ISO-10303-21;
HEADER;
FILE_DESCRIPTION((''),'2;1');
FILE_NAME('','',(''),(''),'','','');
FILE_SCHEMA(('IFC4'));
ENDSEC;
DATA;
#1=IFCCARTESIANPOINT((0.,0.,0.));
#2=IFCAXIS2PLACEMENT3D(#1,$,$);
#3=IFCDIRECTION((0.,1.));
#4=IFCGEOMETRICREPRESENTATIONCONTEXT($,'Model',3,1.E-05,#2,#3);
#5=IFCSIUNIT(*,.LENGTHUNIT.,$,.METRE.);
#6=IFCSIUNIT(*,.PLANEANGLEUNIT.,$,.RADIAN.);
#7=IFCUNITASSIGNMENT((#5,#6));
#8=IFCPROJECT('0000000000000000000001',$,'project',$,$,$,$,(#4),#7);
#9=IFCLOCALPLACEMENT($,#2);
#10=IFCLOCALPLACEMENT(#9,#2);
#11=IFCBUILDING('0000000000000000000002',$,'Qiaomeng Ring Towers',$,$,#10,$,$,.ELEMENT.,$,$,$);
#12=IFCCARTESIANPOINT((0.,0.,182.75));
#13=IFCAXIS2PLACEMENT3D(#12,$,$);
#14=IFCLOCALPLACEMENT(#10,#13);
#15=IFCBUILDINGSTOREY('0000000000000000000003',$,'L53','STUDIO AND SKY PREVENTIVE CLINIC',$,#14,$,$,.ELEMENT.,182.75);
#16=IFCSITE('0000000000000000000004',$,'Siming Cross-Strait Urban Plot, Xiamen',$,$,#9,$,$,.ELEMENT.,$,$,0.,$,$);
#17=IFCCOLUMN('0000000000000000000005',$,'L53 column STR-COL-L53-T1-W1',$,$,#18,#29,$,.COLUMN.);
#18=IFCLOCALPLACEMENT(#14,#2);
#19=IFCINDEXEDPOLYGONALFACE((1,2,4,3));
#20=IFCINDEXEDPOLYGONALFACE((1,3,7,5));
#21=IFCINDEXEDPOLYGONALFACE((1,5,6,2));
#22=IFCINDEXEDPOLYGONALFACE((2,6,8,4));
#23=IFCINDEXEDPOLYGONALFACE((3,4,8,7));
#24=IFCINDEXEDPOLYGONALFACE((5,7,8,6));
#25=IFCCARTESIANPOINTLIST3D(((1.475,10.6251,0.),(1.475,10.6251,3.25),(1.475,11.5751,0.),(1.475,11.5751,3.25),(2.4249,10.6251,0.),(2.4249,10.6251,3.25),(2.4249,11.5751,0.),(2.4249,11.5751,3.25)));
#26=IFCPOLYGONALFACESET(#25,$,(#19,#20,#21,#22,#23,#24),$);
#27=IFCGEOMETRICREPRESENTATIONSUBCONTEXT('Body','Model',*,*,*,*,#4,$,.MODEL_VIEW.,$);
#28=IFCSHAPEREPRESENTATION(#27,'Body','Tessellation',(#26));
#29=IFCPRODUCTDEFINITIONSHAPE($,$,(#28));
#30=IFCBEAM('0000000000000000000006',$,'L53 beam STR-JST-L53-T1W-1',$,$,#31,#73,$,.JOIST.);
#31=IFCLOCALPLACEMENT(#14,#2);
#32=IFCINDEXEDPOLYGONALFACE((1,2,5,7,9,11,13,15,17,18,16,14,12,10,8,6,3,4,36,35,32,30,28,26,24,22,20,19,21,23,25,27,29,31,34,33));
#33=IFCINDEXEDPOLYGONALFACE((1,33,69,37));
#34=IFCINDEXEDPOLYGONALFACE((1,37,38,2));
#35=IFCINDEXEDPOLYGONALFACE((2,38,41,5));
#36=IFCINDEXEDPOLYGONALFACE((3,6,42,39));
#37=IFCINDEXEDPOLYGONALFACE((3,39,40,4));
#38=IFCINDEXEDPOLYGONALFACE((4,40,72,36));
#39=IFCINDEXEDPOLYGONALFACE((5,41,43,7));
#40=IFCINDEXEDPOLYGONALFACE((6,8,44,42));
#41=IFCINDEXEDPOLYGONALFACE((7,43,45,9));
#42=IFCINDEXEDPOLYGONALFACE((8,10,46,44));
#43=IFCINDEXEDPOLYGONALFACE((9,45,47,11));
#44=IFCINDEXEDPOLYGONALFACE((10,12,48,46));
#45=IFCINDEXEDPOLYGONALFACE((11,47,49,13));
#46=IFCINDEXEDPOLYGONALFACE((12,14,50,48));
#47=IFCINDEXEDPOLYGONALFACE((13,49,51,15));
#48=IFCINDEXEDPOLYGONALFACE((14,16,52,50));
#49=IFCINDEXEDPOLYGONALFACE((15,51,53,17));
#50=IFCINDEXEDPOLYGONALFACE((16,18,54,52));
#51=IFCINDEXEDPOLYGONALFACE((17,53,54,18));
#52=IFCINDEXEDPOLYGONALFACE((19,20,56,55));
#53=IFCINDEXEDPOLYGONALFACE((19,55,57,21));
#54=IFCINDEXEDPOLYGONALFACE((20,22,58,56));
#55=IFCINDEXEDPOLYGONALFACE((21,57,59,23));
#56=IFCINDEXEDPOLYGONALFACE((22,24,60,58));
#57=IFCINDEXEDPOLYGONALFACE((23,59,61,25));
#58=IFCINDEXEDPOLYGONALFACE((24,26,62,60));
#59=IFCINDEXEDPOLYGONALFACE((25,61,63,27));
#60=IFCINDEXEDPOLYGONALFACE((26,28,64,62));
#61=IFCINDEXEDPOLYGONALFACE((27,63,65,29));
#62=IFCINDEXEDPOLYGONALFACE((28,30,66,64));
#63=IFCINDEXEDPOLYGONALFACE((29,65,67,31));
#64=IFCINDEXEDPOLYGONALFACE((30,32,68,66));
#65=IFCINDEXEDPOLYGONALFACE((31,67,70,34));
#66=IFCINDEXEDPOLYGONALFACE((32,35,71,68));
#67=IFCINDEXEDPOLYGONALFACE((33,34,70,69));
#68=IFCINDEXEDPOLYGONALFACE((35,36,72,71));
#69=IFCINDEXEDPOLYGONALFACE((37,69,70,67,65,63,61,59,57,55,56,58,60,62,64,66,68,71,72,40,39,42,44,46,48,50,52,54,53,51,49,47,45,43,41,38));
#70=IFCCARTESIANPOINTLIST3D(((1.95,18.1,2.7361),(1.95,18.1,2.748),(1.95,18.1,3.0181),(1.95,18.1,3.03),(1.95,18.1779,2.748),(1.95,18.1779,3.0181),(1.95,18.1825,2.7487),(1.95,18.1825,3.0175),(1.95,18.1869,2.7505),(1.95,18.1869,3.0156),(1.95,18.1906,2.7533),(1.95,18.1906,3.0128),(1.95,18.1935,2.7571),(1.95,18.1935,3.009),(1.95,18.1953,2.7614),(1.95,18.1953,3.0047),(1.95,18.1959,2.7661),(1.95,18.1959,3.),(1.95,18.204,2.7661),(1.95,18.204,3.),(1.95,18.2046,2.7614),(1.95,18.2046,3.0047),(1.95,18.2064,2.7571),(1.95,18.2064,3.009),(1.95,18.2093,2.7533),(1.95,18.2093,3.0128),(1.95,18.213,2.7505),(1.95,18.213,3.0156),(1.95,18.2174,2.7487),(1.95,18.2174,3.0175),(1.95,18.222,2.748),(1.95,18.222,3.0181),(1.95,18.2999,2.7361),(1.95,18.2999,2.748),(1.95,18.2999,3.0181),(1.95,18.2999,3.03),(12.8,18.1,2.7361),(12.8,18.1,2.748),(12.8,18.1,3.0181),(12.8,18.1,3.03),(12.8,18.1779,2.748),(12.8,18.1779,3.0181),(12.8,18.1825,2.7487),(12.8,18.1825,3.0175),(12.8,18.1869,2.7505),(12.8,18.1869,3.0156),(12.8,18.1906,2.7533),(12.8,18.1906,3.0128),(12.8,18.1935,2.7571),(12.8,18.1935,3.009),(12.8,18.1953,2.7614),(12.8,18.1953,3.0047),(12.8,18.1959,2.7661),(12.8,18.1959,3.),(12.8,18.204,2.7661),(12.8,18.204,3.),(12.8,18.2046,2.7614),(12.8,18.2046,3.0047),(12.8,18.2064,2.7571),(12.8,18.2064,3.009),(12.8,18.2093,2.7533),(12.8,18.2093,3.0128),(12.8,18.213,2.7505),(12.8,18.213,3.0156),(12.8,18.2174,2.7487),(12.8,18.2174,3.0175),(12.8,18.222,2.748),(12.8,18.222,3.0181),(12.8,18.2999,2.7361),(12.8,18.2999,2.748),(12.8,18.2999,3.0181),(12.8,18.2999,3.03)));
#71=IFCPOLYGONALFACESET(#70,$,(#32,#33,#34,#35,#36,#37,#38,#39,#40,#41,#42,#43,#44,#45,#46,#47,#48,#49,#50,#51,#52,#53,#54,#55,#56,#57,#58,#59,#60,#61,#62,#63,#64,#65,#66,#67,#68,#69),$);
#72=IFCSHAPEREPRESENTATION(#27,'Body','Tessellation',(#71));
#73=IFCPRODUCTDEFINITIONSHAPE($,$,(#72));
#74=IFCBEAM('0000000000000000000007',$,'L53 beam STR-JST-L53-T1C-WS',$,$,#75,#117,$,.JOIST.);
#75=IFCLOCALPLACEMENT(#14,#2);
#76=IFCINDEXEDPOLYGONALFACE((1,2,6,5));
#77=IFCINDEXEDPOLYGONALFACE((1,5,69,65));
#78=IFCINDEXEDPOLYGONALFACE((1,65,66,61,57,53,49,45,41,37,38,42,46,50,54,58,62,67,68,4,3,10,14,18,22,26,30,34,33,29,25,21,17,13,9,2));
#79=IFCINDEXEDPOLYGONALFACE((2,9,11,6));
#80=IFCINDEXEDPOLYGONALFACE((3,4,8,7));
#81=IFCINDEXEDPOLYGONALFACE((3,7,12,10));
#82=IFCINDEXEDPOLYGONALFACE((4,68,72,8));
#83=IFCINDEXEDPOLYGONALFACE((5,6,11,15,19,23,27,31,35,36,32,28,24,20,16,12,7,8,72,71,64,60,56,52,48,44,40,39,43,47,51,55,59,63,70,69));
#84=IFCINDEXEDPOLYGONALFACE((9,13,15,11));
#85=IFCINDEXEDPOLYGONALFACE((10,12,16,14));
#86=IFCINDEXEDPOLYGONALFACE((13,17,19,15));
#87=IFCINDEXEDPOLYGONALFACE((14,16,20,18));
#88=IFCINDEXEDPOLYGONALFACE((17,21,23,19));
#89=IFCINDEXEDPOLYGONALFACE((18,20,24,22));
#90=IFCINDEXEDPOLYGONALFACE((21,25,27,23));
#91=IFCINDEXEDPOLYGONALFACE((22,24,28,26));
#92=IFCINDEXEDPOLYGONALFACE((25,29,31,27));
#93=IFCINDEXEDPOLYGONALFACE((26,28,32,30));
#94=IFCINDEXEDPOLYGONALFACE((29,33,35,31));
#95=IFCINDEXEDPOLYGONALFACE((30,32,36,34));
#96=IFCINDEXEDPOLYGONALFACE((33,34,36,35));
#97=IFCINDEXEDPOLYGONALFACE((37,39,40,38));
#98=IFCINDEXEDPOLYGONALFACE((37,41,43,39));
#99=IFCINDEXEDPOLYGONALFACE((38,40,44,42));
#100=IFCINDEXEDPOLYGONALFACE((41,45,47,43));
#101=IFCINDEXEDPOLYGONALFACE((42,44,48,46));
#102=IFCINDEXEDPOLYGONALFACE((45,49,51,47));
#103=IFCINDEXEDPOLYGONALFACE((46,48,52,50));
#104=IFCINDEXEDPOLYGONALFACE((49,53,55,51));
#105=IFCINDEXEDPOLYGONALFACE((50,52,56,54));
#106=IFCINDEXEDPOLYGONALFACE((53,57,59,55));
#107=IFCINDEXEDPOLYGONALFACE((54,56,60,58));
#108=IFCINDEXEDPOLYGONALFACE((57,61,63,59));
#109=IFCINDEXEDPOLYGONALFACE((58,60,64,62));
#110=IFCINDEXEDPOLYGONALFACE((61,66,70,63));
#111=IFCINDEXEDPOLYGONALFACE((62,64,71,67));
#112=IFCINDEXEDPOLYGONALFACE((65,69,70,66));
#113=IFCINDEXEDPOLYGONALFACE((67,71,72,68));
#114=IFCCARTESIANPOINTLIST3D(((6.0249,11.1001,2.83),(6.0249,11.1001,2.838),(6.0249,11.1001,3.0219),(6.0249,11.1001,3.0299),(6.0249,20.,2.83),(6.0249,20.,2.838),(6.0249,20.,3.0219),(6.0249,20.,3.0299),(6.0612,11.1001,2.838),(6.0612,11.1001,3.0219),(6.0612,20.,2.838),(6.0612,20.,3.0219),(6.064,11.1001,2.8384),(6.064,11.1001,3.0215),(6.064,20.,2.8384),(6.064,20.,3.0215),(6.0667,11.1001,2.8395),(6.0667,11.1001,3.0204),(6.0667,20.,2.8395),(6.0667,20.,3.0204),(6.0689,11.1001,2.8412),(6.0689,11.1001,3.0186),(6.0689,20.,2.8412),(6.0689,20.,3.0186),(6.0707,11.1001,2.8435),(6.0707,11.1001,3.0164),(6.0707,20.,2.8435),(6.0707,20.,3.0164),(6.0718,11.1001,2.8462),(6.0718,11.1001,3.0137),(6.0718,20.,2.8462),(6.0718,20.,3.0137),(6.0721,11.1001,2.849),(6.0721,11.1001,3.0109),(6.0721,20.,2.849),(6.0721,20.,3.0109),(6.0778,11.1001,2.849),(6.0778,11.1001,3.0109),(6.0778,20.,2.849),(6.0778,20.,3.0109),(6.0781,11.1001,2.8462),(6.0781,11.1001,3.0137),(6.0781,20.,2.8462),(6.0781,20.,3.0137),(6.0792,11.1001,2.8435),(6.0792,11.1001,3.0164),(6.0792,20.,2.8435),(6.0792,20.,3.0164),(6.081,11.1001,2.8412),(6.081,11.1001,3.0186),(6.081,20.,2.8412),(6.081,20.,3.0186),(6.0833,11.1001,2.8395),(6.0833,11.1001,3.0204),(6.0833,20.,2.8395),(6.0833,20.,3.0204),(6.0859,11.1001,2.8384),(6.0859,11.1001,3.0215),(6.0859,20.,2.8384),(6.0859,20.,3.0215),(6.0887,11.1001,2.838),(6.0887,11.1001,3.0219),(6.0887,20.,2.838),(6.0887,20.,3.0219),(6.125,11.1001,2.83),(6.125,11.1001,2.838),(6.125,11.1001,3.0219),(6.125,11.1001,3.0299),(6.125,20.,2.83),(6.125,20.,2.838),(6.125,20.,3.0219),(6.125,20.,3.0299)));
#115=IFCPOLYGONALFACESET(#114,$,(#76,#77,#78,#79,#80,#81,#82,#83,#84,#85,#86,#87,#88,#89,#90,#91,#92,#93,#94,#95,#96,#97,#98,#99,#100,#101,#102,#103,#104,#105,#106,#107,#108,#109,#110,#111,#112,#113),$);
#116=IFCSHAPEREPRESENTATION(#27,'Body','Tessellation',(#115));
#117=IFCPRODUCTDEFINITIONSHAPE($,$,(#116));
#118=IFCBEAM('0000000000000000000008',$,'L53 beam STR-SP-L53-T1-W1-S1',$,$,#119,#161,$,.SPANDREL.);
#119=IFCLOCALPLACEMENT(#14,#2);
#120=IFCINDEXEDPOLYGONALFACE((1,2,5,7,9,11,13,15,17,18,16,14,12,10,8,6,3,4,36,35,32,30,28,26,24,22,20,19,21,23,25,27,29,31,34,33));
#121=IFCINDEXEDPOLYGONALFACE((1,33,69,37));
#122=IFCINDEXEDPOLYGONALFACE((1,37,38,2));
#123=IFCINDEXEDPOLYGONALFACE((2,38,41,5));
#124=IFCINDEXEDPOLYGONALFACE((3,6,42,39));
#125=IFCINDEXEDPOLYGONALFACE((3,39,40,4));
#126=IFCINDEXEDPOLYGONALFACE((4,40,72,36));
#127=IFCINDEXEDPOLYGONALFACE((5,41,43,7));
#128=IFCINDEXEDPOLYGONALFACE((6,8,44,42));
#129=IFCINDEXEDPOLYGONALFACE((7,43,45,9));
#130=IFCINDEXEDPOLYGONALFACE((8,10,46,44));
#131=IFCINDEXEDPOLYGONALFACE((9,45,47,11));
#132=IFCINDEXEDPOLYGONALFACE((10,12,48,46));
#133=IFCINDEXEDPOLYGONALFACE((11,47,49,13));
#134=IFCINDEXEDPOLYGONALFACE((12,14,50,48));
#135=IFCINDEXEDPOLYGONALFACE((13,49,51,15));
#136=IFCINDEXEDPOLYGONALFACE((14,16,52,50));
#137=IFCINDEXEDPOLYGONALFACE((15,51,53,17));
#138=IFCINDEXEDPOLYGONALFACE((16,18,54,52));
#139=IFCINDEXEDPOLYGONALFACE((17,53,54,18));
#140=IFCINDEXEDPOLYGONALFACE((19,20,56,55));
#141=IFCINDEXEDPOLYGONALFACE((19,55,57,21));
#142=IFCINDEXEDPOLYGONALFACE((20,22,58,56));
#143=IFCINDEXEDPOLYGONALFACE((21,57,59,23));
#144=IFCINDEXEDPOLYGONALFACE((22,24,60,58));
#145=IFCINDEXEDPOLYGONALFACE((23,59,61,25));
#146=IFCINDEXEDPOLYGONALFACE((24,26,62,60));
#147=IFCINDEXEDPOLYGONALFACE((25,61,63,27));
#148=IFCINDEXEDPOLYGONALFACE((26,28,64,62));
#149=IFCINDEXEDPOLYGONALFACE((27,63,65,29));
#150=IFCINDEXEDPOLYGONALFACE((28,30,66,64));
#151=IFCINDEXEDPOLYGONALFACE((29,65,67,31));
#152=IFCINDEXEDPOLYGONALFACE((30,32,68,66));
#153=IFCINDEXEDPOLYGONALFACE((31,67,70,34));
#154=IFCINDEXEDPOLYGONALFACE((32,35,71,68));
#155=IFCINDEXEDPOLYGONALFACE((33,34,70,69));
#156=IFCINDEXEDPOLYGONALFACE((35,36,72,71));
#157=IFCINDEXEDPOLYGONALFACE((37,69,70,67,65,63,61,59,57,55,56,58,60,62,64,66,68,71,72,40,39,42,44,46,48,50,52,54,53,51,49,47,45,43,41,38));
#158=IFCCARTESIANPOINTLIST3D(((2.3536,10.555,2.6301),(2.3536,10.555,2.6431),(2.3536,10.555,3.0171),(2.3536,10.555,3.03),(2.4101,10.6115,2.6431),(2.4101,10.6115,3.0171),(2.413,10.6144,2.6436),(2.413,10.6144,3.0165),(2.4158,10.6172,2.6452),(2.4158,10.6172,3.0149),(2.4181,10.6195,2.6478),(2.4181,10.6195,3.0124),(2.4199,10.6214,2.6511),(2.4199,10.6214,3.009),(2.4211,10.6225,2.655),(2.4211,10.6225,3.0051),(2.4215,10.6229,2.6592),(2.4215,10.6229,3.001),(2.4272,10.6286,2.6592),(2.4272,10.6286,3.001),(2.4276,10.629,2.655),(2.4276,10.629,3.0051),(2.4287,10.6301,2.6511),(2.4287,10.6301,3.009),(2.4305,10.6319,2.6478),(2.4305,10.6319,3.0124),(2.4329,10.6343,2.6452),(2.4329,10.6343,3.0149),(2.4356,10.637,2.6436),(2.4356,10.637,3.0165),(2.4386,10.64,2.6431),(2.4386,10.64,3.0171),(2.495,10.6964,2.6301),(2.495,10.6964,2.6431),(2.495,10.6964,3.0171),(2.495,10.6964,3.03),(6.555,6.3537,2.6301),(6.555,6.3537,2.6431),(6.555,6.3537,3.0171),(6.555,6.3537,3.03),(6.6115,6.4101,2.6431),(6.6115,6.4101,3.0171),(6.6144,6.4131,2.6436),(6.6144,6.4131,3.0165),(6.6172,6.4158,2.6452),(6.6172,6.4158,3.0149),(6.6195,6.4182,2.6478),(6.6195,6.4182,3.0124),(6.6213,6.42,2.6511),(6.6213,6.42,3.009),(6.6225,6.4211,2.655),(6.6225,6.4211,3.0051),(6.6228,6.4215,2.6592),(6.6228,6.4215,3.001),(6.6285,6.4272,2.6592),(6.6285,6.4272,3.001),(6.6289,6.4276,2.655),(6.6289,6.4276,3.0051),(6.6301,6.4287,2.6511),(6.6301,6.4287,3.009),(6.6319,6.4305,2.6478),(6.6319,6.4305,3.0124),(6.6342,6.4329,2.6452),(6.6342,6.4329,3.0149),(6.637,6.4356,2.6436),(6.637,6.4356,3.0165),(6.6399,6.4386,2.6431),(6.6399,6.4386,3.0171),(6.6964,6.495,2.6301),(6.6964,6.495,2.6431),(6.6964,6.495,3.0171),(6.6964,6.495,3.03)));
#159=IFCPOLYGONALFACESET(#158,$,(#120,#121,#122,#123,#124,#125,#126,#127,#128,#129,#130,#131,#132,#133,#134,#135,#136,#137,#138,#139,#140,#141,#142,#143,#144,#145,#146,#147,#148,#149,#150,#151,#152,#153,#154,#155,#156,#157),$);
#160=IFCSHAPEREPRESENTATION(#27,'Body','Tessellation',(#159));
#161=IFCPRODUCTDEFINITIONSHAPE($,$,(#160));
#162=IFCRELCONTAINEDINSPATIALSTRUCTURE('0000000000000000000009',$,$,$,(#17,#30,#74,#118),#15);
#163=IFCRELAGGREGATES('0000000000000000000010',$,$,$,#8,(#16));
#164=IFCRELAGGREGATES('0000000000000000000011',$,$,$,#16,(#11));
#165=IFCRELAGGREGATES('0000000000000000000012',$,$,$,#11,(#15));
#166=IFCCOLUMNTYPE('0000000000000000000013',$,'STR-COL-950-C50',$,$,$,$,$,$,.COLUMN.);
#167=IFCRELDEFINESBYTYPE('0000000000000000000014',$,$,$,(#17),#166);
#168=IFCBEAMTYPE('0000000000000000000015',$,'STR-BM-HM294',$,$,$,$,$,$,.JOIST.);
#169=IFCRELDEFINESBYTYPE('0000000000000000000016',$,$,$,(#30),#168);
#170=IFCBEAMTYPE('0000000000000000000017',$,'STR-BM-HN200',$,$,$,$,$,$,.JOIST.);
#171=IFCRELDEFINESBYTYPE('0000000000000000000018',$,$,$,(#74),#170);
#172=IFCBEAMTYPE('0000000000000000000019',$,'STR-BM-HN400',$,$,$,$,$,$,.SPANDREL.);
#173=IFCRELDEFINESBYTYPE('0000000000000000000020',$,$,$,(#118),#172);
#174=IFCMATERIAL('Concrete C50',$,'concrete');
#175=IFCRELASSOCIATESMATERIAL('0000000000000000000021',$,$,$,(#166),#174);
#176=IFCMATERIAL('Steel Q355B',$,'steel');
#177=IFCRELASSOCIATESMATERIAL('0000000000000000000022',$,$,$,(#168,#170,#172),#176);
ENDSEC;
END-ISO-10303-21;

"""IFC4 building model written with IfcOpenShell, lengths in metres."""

from ifc_helpers import new_model, si_unit, direction, frame, origin, origin_2d, place, context, subcontext, project, spatial, rectangle, i_section, extrude, source, transform, mapped, material, material_profile, profile_set, type_object, element, save


model = new_model("IFC4")

# Units and contexts
model_context = context("Model", 3, precision=1e-05, world=origin(), true_north=direction((0.0, 1.0)))
body_context = subcontext(model_context, "Body", "Model", "MODEL_VIEW")
ifc_project = project(units=[si_unit("LENGTHUNIT", "METRE"), si_unit("PLANEANGLEUNIT", "RADIAN")], contexts=[model_context])

# Site, building, storey
site_placement = place(None, origin())
site = spatial("IfcSite", under=ifc_project, at=site_placement, Name="Siming Cross-Strait Urban Plot, Xiamen", CompositionType="ELEMENT", RefElevation=0.0)
building_placement = place(site_placement, origin())
building = spatial("IfcBuilding", under=site, at=building_placement, Name="Qiaomeng Ring Towers", CompositionType="ELEMENT")
storey_placement = place(building_placement, frame((0.0, 0.0, 182.75)))
storey = spatial("IfcBuildingStorey", under=building, at=storey_placement, Name="L53", Description="STUDIO AND SKY PREVENTIVE CLINIC", CompositionType="ELEMENT", Elevation=182.75)

# Column
ifc_material_1 = material(Name="Concrete C50", Category="concrete")
ifc_material_profile_1 = material_profile(ifc_material_1, rectangle(XDim=0.95, YDim=0.95, at=origin_2d()), Name="RC COL 950x950")
ifc_profile_set_1 = profile_set([ifc_material_profile_1], Name="Concrete C50")
column_type = type_object("IfcColumnType", Name="STR-COL-950-C50", PredefinedType="COLUMN", material=ifc_profile_set_1)
shared_shape_1 = source(origin(), body_context, "Body", "SweptSolid", [
    extrude(rectangle(XDim=0.95, YDim=0.95, at=origin_2d()), origin(), (0.0, 0.0, 1.0), 3.25),
])
column_placement = place(storey_placement, frame((1.95, 11.1001, 0.0), z_axis=(0.0, 0.0, 1.0), x_axis=(1.0, 0.0, 0.0)))
element("IfcColumn", 1, at=column_placement, inside=storey, type_object=column_type, Name="L53 column STR-COL-L53-T1-W1", PredefinedType="COLUMN", context=body_context, shape_type="MappedRepresentation", body=[
    mapped(shared_shape_1, transform((0.0, 0.0, 0.0), x_axis=(1.0, 0.0, 0.0), y_axis=(0.0, 1.0, 0.0), z_axis=(0.0, 0.0, 1.0), scale=1.0)),
])

# Beams
ifc_material_2 = material(Name="Steel Q355B", Category="steel")
ifc_material_profile_2 = material_profile(ifc_material_2, i_section(OverallWidth=0.2, OverallDepth=0.2939, WebThickness=0.0081, FlangeThickness=0.012, FilletRadius=0.0181, at=origin_2d()), Name="HM 294x200x8x12")
ifc_profile_set_2 = profile_set([ifc_material_profile_2], Name="Steel Q355B")
beam_type_1 = type_object("IfcBeamType", Name="STR-BM-HM294", PredefinedType="JOIST", material=ifc_profile_set_2)
shared_shape_2 = source(origin(), body_context, "Body", "SweptSolid", [
    extrude(i_section(OverallWidth=0.2, OverallDepth=0.2939, WebThickness=0.0081, FlangeThickness=0.012, FilletRadius=0.0181, at=origin_2d()), origin(), (0.0, 0.0, 1.0), 10.8501),
])
beam_1_placement = place(storey_placement, frame((1.95, 18.2, 2.8831), z_axis=(1.0, 0.0, 0.0), x_axis=(0.0, 1.0, 0.0)))
element("IfcBeam", 2, at=beam_1_placement, inside=storey, type_object=beam_type_1, Name="L53 beam STR-JST-L53-T1W-1", PredefinedType="JOIST", context=body_context, shape_type="MappedRepresentation", body=[
    mapped(shared_shape_2, transform((0.0, 0.0, 0.0), x_axis=(1.0, 0.0, 0.0), y_axis=(0.0, 1.0, 0.0), z_axis=(0.0, 0.0, 1.0), scale=1.0)),
])
ifc_material_profile_3 = material_profile(ifc_material_2, i_section(OverallWidth=0.1001, OverallDepth=0.2, WebThickness=0.0056, FlangeThickness=0.0081, FilletRadius=0.011, at=origin_2d()), Name="HN 200x100x5.5x8")
ifc_profile_set_3 = profile_set([ifc_material_profile_3], Name="Steel Q355B")
beam_type_2 = type_object("IfcBeamType", Name="STR-BM-HN200", PredefinedType="JOIST", material=ifc_profile_set_3)
shared_shape_3 = source(origin(), body_context, "Body", "SweptSolid", [
    extrude(i_section(OverallWidth=0.1001, OverallDepth=0.2, WebThickness=0.0056, FlangeThickness=0.0081, FilletRadius=0.011, at=origin_2d()), origin(), (0.0, 0.0, 1.0), 8.8999),
])
beam_2_placement = place(storey_placement, frame((6.075, 11.1001, 2.9299), z_axis=(0.0, 1.0, 0.0), x_axis=(-1.0, 0.0, 0.0)))
element("IfcBeam", 3, at=beam_2_placement, inside=storey, type_object=beam_type_2, Name="L53 beam STR-JST-L53-T1C-WS", PredefinedType="JOIST", context=body_context, shape_type="MappedRepresentation", body=[
    mapped(shared_shape_3, transform((0.0, 0.0, 0.0), x_axis=(1.0, 0.0, 0.0), y_axis=(0.0, 1.0, 0.0), z_axis=(0.0, 0.0, 1.0), scale=1.0)),
])
ifc_material_profile_4 = material_profile(ifc_material_2, i_section(OverallWidth=0.2, OverallDepth=0.3999, WebThickness=0.0081, FlangeThickness=0.0129, FilletRadius=0.0161, at=origin_2d()), Name="HN 400x200x8x13")
ifc_profile_set_4 = profile_set([ifc_material_profile_4], Name="Steel Q355B")
beam_type_3 = type_object("IfcBeamType", Name="STR-BM-HN400", PredefinedType="SPANDREL", material=ifc_profile_set_4)
shared_shape_4 = source(origin(), body_context, "Body", "SweptSolid", [
    extrude(i_section(OverallWidth=0.2, OverallDepth=0.3999, WebThickness=0.0081, FlangeThickness=0.0129, FilletRadius=0.0161, at=origin_2d()), origin(), (0.0, 0.0, 1.0), 5.9417),
])
beam_3_placement = place(storey_placement, frame((2.4243, 10.6257, 2.8301), z_axis=(0.707107, -0.707107, 0.0), x_axis=(0.707107, 0.707107, 0.0)))
element("IfcBeam", 4, at=beam_3_placement, inside=storey, type_object=beam_type_3, Name="L53 beam STR-SP-L53-T1-W1-S1", PredefinedType="SPANDREL", context=body_context, shape_type="MappedRepresentation", body=[
    mapped(shared_shape_4, transform((0.0, 0.0, 0.0), x_axis=(1.0, 0.0, 0.0), y_axis=(0.0, 1.0, 0.0), z_axis=(0.0, 0.0, 1.0), scale=1.0)),
])

save(model, "model.ifc")
